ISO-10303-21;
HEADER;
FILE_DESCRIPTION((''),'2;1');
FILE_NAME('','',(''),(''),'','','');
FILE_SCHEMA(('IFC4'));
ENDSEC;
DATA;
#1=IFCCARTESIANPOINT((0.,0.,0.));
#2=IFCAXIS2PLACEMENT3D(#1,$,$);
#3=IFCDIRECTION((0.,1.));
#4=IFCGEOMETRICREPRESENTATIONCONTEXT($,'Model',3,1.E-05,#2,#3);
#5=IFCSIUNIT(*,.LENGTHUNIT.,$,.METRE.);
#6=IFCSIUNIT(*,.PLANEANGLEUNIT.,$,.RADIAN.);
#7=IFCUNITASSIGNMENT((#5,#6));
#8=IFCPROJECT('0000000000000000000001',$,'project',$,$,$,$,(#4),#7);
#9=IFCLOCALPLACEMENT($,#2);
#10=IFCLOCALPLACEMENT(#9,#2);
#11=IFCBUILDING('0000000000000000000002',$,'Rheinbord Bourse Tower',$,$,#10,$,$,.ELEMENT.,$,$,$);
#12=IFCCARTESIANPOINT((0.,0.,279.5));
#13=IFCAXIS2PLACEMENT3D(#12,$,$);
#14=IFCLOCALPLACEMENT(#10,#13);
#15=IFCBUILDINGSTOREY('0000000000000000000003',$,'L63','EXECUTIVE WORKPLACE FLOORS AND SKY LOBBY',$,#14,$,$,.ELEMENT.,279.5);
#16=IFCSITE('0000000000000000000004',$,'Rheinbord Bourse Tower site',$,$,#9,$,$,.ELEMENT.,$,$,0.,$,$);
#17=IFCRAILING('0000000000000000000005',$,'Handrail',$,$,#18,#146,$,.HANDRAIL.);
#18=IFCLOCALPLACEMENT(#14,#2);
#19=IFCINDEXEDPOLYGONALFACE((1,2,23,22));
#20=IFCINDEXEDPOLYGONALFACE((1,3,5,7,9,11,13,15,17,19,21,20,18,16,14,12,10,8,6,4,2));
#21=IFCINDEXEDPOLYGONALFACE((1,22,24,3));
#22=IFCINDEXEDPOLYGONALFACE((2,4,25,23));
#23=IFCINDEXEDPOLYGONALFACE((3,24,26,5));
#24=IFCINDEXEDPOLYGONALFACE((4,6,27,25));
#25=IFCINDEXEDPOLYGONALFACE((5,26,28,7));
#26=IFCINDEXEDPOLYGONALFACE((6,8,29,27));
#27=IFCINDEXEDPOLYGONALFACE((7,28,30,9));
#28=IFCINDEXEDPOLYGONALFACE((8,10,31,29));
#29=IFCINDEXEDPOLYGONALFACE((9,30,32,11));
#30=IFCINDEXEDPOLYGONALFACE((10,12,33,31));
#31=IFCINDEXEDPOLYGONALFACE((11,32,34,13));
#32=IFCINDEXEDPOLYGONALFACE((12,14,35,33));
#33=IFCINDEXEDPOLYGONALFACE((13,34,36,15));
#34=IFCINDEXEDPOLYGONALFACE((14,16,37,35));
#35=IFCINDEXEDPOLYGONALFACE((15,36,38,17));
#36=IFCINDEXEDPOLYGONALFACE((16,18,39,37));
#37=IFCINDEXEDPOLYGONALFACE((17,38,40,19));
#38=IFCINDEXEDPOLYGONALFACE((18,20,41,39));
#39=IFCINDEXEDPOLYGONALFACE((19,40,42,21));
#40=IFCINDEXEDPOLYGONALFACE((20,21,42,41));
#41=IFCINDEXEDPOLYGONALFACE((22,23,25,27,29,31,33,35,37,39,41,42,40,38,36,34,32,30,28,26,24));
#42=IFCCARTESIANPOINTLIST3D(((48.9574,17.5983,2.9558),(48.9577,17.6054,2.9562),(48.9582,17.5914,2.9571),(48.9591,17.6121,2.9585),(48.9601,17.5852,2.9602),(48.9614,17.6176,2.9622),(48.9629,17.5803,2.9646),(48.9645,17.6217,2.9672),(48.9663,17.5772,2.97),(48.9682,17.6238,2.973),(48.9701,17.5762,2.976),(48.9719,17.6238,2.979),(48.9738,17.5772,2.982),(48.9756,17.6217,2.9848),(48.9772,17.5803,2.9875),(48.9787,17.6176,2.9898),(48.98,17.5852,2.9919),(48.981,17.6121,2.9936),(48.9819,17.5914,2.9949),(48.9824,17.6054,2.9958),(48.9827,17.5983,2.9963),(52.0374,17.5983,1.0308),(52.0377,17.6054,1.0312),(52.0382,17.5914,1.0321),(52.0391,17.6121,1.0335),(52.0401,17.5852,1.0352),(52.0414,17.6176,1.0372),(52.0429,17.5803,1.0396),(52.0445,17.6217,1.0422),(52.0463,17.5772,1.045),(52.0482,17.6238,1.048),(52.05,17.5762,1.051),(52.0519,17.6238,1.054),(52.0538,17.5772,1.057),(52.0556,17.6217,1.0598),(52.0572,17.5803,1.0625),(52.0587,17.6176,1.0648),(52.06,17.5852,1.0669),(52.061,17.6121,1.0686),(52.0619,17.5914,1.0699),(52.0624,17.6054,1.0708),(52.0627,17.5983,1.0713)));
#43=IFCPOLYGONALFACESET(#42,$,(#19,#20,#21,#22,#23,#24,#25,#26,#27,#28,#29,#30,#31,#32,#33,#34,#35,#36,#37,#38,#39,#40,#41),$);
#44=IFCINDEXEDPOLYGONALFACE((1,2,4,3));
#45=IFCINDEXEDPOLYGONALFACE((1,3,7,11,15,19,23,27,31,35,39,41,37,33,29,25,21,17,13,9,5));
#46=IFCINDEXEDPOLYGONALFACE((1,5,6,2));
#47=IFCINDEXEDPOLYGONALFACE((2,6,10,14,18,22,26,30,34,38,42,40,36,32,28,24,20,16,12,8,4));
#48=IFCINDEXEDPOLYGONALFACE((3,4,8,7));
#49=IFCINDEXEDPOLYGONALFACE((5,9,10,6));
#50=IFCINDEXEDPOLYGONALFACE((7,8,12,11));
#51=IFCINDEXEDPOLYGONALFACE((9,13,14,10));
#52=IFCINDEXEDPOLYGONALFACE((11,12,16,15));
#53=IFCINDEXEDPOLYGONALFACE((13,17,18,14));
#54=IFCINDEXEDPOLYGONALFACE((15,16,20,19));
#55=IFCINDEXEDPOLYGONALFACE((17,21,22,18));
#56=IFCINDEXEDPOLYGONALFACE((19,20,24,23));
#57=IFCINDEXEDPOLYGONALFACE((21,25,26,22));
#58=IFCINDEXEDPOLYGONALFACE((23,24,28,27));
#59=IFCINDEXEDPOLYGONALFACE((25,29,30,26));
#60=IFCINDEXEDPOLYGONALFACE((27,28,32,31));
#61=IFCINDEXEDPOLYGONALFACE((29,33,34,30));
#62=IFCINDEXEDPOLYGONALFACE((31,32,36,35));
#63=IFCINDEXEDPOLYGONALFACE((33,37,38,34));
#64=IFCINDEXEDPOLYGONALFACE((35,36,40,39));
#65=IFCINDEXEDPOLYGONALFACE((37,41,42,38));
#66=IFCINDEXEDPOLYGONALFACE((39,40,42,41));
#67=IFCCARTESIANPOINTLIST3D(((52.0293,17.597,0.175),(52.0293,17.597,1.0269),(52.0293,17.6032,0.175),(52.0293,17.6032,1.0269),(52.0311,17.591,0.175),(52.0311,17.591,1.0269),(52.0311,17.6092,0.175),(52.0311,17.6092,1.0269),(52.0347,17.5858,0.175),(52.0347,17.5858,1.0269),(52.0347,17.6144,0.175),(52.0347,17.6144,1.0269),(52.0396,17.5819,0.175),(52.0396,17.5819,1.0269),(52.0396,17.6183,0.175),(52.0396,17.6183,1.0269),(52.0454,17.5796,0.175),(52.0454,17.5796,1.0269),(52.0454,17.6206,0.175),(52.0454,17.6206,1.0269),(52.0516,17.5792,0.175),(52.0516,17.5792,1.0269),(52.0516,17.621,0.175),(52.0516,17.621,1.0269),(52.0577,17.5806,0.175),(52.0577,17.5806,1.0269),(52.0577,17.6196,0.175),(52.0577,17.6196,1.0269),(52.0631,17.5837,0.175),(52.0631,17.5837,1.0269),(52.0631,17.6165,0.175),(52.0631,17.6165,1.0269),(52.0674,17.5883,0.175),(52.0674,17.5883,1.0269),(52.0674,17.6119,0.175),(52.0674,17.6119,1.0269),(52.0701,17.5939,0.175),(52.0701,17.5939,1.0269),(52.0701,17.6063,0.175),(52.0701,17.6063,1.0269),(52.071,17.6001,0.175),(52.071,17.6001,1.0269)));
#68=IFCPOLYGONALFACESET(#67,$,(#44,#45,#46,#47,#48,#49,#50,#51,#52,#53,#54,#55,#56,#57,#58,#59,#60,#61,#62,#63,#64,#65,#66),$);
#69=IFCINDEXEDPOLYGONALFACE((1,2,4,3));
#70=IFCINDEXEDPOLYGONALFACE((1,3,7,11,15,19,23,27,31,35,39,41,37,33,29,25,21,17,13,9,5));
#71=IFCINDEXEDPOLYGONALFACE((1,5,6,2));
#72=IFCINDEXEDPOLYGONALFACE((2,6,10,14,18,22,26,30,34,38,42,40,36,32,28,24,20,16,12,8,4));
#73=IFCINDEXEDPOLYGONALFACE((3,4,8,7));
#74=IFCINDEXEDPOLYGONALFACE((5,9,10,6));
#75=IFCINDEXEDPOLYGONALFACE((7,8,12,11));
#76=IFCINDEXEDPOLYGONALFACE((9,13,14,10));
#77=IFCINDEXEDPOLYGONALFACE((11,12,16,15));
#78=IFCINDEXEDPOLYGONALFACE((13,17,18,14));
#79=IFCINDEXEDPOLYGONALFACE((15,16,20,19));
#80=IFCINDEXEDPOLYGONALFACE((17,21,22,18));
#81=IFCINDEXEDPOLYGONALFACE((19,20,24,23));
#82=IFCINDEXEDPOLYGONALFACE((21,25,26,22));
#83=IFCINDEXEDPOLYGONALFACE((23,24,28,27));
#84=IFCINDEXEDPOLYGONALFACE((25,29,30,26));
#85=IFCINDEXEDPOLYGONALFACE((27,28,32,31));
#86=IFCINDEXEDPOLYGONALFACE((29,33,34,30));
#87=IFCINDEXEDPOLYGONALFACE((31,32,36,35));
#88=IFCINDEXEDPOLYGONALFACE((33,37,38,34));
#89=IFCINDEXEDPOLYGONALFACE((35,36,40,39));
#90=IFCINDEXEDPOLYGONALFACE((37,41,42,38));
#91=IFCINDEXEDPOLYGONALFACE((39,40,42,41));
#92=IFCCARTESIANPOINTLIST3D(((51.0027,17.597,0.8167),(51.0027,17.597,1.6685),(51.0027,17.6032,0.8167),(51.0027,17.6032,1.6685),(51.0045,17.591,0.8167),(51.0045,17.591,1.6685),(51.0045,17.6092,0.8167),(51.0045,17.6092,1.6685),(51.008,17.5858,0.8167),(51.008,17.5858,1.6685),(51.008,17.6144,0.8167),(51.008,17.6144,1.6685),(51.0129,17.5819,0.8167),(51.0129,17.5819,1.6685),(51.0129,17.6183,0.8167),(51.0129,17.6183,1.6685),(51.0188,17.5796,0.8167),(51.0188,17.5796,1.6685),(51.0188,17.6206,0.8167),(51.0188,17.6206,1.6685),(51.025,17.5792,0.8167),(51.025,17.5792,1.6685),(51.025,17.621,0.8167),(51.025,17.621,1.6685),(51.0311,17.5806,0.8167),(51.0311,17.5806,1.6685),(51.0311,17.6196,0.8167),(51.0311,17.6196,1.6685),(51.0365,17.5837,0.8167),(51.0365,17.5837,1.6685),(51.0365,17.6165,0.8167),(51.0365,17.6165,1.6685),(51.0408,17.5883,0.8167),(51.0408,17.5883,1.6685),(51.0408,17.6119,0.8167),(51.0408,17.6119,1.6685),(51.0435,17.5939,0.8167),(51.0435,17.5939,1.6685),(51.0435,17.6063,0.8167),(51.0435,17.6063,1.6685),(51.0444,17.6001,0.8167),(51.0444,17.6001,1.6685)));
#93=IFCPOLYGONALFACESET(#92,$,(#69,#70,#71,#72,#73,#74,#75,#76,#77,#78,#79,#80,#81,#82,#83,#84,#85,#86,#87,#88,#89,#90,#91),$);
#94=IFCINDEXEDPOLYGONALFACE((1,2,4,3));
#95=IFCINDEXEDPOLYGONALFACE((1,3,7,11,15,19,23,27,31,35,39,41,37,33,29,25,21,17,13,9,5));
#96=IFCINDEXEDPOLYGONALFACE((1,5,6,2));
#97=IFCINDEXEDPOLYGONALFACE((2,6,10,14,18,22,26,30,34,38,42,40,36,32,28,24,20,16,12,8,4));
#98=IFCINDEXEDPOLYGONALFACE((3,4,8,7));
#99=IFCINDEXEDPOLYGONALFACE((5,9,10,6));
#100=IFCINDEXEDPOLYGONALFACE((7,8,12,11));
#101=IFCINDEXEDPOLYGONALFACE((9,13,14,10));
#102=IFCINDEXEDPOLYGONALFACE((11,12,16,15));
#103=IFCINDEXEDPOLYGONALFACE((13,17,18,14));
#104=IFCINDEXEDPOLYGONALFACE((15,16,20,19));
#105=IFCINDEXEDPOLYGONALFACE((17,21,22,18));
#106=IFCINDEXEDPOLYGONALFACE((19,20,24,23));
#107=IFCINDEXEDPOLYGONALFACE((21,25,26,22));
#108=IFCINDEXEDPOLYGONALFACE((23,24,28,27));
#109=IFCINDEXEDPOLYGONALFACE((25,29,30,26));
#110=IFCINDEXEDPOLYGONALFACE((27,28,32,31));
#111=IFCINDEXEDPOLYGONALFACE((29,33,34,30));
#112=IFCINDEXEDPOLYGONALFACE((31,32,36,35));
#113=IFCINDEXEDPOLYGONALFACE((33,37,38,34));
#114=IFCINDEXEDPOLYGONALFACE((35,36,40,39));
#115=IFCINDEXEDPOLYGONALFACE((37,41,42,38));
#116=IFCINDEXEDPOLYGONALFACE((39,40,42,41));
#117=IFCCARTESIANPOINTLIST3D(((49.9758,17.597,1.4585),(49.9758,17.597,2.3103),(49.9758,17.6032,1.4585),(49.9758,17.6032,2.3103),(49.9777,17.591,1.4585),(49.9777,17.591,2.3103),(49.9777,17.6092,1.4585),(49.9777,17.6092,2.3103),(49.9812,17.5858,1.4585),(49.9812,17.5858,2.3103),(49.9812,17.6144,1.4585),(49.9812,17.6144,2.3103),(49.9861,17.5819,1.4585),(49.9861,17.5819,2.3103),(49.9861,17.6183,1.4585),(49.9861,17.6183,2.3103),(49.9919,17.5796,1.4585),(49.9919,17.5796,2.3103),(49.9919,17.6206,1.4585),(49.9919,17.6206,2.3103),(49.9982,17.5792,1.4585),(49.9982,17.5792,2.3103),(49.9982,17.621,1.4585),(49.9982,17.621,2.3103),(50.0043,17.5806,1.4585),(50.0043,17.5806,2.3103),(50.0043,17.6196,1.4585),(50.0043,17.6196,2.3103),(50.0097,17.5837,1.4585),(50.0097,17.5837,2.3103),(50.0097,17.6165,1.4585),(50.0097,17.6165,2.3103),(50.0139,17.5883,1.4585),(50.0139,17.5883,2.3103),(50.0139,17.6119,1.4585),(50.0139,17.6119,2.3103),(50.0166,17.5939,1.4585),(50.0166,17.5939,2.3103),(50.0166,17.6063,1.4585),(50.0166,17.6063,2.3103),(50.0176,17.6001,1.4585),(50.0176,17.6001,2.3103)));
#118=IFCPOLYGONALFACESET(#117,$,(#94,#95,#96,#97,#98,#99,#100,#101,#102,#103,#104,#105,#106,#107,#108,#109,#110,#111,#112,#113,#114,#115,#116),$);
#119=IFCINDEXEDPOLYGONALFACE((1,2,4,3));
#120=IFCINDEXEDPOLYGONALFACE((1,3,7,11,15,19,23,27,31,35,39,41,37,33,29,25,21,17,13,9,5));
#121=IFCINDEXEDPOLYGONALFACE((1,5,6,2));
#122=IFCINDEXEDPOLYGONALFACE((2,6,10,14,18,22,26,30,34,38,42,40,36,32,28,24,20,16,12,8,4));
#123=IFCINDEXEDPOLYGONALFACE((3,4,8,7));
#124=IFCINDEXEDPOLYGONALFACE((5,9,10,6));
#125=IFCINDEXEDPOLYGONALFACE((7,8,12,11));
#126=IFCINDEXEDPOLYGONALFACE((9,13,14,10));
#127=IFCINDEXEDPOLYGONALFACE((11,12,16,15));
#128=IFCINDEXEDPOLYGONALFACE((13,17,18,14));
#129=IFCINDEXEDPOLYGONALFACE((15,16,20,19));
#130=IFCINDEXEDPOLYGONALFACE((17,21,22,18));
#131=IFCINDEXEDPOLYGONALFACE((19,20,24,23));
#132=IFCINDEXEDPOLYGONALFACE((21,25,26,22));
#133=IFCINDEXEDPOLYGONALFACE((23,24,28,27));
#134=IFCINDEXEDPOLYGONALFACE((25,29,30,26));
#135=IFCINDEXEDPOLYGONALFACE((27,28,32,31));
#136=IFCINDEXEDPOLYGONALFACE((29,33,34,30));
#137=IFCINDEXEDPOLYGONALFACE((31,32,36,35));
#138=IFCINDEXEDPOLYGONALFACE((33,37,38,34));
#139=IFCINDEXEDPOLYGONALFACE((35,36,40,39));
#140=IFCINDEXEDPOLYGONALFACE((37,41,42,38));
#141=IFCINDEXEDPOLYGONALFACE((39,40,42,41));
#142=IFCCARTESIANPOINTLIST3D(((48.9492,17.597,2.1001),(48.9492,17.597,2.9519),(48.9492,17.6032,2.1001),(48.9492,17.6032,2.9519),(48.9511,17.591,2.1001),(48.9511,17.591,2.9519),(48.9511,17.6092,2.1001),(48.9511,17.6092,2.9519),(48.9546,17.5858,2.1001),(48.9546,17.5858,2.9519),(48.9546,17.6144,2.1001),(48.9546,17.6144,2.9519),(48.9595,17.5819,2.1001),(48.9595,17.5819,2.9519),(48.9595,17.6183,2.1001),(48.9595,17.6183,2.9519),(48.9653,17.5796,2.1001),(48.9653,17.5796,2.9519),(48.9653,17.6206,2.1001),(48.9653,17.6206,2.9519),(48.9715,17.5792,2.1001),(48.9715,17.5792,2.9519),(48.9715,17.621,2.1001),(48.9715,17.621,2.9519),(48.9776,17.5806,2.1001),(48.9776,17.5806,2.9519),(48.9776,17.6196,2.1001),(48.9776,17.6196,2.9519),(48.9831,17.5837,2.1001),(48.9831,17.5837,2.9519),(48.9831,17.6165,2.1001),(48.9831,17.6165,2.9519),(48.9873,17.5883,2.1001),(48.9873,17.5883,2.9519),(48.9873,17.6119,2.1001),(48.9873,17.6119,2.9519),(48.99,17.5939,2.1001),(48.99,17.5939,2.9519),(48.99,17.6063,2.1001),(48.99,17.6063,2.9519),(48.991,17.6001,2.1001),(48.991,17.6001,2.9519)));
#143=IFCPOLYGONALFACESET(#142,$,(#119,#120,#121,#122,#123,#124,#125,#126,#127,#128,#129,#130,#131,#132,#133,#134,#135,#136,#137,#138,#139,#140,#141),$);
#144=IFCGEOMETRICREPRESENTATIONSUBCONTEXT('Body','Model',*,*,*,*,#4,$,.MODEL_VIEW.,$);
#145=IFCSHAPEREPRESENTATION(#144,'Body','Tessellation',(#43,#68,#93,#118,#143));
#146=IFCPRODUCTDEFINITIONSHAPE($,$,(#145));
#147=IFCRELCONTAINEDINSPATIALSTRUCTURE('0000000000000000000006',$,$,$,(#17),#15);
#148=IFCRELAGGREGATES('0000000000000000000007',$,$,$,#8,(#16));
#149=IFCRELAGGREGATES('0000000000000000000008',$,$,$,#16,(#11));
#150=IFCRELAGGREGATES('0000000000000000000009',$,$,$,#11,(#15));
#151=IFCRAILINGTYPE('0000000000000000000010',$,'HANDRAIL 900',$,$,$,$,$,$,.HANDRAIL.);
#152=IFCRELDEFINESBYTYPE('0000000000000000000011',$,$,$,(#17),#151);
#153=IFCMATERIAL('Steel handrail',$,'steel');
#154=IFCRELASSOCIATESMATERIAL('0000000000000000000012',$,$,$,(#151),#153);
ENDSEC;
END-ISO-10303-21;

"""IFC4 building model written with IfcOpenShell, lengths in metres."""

from ifc_helpers import new_model, si_unit, direction, frame, origin, origin_2d, place, context, subcontext, project, spatial, circle, extrude, material, type_object, element, save


model = new_model("IFC4")

# Units and contexts
model_context = context("Model", 3, precision=1e-05, world=origin(), true_north=direction((0.0, 1.0)))
body_context = subcontext(model_context, "Body", "Model", "MODEL_VIEW")
ifc_project = project(units=[si_unit("LENGTHUNIT", "METRE"), si_unit("PLANEANGLEUNIT", "RADIAN")], contexts=[model_context])

# Site, building, storey
site_placement = place(None, origin())
site = spatial("IfcSite", under=ifc_project, at=site_placement, Name="Rheinbord Bourse Tower site", CompositionType="ELEMENT", RefElevation=0.0)
building_placement = place(site_placement, origin())
building = spatial("IfcBuilding", under=site, at=building_placement, Name="Rheinbord Bourse Tower", CompositionType="ELEMENT")
storey_placement = place(building_placement, frame((0.0, 0.0, 279.5)))
storey = spatial("IfcBuildingStorey", under=building, at=storey_placement, Name="L63", Description="EXECUTIVE WORKPLACE FLOORS AND SKY LOBBY", CompositionType="ELEMENT", Elevation=279.5)

# Railing
ifc_material_1 = material(Name="Steel handrail", Category="steel")
railing_type = type_object("IfcRailingType", Name="HANDRAIL 900", PredefinedType="HANDRAIL", material=ifc_material_1)
railing_1_placement = place(storey_placement, frame((52.05, 17.6001, 0.175)))
element("IfcRailing", 1, at=railing_1_placement, inside=storey, type_object=railing_type, Name="Handrail", PredefinedType="HANDRAIL", context=body_context, shape_type="SweptSolid", body=[
    extrude(circle(Radius=0.0239, at=origin_2d()), frame((0.0, 0.0, 0.876), z_axis=(-0.847998, 0.0, 0.529999), x_axis=(0.0, -1.0, 0.0)), (0.0, 0.0, 1.0), 3.6321),
    extrude(circle(Radius=0.021, at=origin_2d()), origin(), (0.0, 0.0, 1.0), 0.8518),
    extrude(circle(Radius=0.021, at=origin_2d()), frame((-1.0266, 0.0, 0.6416)), (0.0, 0.0, 1.0), 0.8518),
    extrude(circle(Radius=0.021, at=origin_2d()), frame((-2.0535, 0.0, 1.2834)), (0.0, 0.0, 1.0), 0.8518),
    extrude(circle(Radius=0.021, at=origin_2d()), frame((-3.0801, 0.0, 1.925)), (0.0, 0.0, 1.0), 0.8518),
])

save(model, "model.ifc")
